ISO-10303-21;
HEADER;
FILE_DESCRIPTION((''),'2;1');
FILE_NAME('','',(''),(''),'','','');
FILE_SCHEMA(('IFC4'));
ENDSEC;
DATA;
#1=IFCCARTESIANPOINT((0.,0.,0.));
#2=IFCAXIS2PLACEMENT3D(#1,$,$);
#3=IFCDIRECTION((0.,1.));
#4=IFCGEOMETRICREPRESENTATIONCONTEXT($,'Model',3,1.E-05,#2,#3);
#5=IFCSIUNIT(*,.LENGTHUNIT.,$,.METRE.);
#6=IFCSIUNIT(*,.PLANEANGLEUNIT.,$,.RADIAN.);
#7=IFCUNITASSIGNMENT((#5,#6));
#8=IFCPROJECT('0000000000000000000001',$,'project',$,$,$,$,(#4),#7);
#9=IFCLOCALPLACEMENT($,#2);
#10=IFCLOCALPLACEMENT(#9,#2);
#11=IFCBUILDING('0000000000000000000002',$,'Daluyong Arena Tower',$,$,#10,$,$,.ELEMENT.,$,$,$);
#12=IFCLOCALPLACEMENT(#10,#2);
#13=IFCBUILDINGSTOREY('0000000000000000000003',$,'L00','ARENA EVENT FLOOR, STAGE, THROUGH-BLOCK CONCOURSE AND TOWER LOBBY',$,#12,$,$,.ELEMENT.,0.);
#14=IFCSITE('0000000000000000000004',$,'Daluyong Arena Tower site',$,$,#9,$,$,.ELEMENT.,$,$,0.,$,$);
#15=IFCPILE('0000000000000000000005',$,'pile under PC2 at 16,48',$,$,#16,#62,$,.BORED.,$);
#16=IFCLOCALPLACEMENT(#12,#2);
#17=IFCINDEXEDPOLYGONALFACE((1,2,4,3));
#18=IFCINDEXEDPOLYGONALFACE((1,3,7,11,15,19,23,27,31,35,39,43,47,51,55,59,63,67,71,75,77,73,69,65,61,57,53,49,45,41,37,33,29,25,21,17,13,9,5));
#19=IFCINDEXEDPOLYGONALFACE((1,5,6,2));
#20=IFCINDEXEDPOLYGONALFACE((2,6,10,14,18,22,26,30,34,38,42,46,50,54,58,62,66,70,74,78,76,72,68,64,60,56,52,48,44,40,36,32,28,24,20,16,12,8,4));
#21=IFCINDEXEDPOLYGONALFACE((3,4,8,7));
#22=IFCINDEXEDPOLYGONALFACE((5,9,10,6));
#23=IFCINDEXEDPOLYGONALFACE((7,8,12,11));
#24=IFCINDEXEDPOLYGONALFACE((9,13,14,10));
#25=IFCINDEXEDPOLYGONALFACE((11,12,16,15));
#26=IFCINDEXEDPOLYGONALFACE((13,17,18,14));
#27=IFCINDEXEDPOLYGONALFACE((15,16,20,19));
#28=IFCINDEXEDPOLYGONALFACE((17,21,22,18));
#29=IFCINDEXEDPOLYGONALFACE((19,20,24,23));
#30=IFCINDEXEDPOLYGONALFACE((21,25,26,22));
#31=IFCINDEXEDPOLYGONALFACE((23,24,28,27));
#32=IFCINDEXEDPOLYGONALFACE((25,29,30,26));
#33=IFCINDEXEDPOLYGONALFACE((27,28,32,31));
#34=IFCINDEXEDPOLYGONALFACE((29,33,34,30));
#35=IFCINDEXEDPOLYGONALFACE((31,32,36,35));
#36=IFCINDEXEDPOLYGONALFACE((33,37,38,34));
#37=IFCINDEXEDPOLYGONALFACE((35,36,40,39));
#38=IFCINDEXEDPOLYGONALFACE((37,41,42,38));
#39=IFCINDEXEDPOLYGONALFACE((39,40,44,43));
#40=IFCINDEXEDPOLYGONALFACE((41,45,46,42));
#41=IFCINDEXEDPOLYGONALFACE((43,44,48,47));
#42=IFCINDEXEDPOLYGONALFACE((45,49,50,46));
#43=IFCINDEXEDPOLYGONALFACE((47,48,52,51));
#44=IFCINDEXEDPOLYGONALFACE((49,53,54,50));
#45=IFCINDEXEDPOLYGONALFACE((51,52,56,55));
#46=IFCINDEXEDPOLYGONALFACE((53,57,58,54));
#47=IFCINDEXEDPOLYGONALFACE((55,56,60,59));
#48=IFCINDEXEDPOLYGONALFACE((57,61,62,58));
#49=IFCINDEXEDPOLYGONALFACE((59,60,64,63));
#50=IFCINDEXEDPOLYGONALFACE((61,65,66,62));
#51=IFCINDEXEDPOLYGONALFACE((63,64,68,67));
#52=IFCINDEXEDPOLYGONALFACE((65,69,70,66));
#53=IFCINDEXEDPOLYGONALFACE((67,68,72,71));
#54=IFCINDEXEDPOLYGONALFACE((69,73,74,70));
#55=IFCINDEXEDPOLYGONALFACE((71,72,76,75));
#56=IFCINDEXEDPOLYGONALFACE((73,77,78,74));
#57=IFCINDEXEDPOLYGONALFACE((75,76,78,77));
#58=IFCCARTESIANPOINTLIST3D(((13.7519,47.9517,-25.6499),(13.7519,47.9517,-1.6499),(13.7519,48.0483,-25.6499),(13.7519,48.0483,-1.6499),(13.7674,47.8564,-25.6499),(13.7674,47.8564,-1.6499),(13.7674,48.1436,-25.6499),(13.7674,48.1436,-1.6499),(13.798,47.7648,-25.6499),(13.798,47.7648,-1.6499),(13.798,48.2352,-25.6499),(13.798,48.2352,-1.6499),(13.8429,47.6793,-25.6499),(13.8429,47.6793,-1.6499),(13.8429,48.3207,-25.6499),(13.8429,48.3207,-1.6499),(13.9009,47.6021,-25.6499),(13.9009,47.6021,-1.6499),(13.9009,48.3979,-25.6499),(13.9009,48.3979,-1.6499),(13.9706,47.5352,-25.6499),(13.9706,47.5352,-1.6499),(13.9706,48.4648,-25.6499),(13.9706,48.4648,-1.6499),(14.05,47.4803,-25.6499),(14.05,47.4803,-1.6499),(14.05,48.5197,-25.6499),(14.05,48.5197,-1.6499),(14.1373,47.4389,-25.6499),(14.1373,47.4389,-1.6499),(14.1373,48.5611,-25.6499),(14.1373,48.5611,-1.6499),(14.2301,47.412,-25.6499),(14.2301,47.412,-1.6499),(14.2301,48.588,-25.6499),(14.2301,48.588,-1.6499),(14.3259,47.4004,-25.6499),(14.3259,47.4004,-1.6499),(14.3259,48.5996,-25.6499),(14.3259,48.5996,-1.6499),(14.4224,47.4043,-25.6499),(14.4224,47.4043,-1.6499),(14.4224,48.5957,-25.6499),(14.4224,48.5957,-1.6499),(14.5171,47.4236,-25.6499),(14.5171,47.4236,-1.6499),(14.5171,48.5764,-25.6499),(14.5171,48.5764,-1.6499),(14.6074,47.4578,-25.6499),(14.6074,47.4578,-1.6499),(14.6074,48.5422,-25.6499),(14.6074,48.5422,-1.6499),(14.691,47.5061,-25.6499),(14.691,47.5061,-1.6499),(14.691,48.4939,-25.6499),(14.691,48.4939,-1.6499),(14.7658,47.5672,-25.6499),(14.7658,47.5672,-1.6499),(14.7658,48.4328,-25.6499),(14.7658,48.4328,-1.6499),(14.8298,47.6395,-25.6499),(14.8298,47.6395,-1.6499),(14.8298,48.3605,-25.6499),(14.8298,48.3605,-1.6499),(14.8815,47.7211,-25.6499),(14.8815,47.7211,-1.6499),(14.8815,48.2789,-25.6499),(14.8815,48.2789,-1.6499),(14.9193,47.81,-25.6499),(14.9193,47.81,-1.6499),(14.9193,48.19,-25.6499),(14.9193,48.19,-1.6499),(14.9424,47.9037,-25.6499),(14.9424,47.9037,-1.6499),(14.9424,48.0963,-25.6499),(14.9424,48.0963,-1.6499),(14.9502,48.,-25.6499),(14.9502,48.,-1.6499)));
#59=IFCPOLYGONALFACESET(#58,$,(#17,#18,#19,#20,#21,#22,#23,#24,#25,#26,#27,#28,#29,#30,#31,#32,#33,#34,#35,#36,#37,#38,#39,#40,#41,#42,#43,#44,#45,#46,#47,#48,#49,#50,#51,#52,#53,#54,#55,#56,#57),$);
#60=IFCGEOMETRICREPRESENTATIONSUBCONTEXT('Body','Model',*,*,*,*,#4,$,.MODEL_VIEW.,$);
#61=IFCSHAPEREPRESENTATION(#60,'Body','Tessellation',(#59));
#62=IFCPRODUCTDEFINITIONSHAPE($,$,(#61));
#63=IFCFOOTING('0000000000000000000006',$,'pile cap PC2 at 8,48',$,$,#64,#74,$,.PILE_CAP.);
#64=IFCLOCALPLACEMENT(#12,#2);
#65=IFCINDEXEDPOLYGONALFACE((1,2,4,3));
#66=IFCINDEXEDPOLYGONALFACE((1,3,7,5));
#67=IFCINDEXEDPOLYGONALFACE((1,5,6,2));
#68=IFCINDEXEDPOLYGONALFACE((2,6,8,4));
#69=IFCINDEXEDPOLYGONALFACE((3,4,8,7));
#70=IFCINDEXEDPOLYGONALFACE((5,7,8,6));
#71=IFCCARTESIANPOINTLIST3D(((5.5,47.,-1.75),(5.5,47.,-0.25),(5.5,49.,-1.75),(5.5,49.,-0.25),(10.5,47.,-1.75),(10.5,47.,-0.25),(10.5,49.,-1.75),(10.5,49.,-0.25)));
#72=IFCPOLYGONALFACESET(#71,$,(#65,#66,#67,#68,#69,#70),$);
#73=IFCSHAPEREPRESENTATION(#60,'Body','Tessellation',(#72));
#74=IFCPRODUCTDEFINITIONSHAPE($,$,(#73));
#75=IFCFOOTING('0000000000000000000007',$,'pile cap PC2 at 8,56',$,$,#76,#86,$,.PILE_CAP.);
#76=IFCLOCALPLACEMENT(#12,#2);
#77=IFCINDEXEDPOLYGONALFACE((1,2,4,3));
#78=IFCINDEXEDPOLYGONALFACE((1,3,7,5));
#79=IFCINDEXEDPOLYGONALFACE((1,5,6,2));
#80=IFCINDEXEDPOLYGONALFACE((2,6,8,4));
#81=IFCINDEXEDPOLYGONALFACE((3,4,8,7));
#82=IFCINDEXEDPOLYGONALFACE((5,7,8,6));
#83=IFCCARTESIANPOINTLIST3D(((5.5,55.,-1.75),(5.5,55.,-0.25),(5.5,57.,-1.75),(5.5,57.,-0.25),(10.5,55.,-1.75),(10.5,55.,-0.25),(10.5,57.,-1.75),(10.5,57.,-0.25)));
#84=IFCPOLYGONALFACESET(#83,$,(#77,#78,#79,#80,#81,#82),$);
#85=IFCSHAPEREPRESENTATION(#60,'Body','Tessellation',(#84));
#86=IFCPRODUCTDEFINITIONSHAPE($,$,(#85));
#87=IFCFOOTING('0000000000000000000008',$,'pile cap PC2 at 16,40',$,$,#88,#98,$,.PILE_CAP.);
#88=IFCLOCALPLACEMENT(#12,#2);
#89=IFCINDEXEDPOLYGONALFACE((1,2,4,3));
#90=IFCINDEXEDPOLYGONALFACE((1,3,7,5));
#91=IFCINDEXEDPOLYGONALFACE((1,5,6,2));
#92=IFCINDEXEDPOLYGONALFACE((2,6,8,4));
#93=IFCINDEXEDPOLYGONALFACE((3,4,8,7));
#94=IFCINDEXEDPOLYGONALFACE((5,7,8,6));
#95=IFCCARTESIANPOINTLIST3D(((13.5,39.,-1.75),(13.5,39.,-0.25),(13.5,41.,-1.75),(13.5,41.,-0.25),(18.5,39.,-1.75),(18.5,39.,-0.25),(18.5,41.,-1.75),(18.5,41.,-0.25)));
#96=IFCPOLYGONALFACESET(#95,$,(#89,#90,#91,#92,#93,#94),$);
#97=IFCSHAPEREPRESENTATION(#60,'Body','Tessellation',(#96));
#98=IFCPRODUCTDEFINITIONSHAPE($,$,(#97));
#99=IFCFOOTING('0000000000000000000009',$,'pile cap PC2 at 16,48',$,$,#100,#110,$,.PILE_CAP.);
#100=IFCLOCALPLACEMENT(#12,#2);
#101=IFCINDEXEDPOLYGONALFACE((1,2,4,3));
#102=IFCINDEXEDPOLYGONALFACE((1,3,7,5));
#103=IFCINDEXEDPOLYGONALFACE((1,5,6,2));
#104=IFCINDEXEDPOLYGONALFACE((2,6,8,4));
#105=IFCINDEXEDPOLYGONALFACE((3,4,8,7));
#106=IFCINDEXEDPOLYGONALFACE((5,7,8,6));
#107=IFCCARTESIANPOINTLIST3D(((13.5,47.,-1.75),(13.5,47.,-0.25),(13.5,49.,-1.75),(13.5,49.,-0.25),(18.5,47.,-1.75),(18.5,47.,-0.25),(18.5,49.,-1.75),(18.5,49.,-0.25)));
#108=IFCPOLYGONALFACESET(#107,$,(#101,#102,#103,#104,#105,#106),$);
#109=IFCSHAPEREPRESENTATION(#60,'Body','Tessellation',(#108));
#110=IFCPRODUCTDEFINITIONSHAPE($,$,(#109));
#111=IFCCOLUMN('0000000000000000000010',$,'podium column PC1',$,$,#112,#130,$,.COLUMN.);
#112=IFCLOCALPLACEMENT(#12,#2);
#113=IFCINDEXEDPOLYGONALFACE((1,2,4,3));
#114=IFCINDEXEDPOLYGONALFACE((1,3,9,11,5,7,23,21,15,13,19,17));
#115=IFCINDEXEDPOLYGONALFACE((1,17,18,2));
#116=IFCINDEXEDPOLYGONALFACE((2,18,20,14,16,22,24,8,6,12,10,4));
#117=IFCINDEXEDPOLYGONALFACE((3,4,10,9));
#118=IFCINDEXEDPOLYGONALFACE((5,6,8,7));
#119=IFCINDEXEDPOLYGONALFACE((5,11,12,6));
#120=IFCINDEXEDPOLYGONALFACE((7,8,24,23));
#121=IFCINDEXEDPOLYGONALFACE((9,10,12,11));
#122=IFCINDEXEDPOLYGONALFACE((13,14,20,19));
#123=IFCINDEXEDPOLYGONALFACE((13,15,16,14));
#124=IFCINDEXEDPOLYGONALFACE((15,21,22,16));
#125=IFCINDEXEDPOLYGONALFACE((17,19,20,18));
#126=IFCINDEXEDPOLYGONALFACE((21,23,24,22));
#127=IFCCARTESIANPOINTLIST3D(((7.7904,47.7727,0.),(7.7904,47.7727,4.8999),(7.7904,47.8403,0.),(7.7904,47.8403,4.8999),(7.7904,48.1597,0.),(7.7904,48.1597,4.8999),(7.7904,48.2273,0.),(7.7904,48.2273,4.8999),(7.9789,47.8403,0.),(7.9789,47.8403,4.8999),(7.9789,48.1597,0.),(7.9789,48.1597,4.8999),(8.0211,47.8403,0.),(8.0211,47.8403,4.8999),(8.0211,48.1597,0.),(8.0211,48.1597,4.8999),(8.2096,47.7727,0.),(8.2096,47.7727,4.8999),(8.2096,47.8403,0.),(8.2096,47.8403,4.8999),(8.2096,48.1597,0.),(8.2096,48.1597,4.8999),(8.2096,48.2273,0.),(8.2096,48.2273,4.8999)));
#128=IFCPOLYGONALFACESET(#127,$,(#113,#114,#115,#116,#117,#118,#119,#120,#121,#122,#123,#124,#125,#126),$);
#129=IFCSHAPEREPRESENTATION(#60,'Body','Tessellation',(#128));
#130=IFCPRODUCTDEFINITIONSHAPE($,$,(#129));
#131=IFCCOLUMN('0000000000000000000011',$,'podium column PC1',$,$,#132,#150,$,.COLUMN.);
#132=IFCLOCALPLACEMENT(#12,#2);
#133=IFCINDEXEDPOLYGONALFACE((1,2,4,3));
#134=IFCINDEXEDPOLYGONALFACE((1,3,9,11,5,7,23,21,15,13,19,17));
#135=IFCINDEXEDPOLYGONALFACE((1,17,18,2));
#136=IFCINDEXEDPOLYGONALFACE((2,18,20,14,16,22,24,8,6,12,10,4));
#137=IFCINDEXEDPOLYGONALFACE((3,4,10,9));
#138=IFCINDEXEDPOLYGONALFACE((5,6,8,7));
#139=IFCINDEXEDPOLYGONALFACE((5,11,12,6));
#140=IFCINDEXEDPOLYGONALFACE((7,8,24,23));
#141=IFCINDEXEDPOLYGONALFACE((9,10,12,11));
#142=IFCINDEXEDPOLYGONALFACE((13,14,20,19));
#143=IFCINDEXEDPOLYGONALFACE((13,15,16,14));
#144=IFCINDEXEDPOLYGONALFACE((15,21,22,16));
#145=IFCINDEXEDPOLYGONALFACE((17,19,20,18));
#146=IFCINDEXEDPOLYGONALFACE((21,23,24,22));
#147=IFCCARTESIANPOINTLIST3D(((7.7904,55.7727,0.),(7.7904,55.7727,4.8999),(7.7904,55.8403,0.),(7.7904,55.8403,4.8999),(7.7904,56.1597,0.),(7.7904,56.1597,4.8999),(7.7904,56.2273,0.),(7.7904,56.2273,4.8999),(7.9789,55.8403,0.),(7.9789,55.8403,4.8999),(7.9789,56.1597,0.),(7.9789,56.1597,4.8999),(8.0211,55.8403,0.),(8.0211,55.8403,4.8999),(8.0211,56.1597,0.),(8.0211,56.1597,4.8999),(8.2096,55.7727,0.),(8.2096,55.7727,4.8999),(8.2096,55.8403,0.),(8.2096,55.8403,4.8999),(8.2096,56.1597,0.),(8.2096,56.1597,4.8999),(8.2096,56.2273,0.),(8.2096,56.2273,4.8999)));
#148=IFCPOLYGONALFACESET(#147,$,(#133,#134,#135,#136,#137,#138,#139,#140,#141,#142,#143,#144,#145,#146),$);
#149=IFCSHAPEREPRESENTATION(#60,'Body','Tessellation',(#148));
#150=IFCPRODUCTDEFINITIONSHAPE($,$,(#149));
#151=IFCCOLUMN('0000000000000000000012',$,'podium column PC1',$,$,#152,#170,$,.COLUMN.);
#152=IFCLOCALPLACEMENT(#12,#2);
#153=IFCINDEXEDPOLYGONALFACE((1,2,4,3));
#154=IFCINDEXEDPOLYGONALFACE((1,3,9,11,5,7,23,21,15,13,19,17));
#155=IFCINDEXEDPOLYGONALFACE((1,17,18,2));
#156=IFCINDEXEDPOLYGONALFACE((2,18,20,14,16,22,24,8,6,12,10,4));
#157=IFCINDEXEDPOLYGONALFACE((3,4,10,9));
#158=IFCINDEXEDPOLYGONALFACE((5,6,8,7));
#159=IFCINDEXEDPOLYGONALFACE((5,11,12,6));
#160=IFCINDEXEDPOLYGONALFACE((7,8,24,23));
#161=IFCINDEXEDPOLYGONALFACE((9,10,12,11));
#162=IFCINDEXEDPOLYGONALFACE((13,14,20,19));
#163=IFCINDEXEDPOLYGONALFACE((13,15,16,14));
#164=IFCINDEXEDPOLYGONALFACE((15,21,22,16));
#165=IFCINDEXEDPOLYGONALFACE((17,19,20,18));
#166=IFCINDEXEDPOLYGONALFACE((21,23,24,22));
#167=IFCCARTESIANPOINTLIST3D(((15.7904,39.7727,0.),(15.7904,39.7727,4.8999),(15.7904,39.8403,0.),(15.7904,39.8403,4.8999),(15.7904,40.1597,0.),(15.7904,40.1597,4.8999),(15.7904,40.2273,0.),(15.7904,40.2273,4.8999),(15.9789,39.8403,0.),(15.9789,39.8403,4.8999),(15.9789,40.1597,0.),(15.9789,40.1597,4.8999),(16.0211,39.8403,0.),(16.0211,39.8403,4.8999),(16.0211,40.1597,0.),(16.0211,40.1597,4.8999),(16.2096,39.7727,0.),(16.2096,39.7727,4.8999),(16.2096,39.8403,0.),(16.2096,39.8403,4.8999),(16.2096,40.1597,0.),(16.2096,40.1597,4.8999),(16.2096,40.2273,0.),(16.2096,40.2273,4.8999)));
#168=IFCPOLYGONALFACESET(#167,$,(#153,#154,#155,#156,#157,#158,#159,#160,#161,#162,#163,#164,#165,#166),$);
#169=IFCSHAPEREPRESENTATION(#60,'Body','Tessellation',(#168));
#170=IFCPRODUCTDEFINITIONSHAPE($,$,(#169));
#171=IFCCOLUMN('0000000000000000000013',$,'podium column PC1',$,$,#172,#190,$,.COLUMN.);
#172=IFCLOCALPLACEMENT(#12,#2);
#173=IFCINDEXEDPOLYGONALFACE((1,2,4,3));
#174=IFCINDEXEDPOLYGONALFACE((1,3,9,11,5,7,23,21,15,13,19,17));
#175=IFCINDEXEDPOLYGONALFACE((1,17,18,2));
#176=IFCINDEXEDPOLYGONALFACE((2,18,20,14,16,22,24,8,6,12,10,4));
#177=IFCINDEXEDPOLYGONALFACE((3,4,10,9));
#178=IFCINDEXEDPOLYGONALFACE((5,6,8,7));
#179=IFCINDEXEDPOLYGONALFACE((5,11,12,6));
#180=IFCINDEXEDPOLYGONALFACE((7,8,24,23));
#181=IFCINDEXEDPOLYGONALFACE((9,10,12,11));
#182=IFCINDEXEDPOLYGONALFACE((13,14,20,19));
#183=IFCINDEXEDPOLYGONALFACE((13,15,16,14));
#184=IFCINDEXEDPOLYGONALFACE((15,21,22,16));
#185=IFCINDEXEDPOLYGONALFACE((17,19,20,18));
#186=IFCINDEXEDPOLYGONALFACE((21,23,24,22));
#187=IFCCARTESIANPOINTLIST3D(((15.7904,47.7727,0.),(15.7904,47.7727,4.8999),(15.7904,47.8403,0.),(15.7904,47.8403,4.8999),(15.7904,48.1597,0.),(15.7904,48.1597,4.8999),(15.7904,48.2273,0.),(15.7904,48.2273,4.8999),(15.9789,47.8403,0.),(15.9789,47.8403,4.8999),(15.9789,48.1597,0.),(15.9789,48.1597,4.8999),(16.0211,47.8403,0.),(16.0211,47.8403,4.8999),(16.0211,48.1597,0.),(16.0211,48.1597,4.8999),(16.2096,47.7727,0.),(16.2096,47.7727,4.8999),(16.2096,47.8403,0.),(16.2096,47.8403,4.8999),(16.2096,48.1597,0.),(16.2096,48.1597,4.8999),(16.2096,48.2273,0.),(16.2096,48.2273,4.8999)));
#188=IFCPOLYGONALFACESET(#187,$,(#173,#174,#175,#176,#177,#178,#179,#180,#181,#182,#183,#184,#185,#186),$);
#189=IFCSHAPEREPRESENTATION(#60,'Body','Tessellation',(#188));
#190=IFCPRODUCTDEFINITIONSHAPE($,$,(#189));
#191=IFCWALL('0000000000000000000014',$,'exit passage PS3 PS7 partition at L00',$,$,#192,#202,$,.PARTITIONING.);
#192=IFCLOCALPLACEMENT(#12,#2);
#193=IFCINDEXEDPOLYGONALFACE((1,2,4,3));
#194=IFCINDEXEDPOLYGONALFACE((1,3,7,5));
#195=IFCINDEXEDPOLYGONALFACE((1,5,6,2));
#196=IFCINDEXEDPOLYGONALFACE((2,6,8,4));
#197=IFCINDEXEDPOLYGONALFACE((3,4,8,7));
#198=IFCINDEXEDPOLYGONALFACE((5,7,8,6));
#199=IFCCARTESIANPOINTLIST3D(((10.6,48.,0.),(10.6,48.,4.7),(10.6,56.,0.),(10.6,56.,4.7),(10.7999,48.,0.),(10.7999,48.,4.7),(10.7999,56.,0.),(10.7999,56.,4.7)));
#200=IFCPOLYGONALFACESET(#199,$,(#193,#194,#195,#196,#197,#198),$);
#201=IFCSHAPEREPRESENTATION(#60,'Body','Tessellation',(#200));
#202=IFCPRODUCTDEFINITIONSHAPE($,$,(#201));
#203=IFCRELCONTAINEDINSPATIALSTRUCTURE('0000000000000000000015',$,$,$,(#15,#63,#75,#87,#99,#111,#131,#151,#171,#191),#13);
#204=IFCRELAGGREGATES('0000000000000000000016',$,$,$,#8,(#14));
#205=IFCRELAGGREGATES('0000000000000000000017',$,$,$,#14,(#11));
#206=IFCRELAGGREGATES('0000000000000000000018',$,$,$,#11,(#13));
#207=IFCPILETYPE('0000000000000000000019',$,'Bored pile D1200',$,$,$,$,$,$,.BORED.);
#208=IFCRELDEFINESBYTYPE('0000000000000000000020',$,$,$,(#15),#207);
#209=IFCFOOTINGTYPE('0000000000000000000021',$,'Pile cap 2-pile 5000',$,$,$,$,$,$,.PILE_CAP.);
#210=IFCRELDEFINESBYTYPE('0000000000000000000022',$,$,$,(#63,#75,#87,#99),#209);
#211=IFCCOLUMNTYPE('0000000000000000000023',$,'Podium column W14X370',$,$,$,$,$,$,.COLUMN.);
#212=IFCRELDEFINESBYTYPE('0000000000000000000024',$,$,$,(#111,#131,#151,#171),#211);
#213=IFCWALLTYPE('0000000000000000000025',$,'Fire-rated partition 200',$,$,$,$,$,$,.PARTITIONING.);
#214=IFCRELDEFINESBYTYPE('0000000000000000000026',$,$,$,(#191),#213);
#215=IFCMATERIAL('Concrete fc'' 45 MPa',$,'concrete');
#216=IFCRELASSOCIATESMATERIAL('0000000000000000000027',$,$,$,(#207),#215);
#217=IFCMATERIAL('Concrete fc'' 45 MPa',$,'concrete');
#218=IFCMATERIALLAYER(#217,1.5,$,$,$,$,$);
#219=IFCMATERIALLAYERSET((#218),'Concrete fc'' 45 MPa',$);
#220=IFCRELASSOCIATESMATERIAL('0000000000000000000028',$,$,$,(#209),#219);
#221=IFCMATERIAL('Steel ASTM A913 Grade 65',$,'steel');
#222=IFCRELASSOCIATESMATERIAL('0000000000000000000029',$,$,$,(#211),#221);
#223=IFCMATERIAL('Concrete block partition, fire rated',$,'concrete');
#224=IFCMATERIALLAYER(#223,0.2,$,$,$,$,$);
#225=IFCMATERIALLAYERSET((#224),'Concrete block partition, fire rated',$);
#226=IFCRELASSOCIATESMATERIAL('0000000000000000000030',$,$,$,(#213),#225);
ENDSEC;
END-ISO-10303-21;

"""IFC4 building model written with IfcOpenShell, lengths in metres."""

from ifc_helpers import new_model, si_unit, direction, frame, frame_2d, origin, origin_2d, place, context, subcontext, project, spatial, rectangle, circle, i_section, extrude, material, layer, layer_set, material_profile, profile_set, type_object, element, save


model = new_model("IFC4")

# Units and contexts
model_context = context("Model", 3, precision=1e-05, world=origin(), true_north=direction((0.0, 1.0)))
body_context = subcontext(model_context, "Body", "Model", "MODEL_VIEW")
ifc_project = project(units=[si_unit("LENGTHUNIT", "METRE"), si_unit("PLANEANGLEUNIT", "RADIAN")], contexts=[model_context])

# Site, building, storey
site_placement = place(None, origin())
site = spatial("IfcSite", under=ifc_project, at=site_placement, Name="Daluyong Arena Tower site", CompositionType="ELEMENT", RefElevation=0.0)
building_placement = place(site_placement, origin())
building = spatial("IfcBuilding", under=site, at=building_placement, Name="Daluyong Arena Tower", CompositionType="ELEMENT")
storey_placement = place(building_placement, origin())
storey = spatial("IfcBuildingStorey", under=building, at=storey_placement, Name="L00", Description="ARENA EVENT FLOOR, STAGE, THROUGH-BLOCK CONCOURSE AND TOWER LOBBY", CompositionType="ELEMENT", Elevation=0.0)

# Pile
ifc_material_1 = material(Name="Concrete fc' 45 MPa", Category="concrete")
pile_type = type_object("IfcPileType", Name="Bored pile D1200", PredefinedType="BORED", material=ifc_material_1)
for number, where, z_axis, x_axis, name in (
    (1, (14.3501, 48.0, -1.6499), (0.0, 0.0, -1.0), (1.0, 0.0, 0.0), "pile under PC2 at 16,48"),
):
    element("IfcPile", number, at=place(storey_placement, frame(where, z_axis=z_axis, x_axis=x_axis)), inside=storey, type_object=pile_type, Name=name, PredefinedType="BORED", context=body_context, shape_type="SweptSolid", body=[
        extrude(circle(Radius=0.6001, at=origin_2d()), origin(), (0.0, 0.0, 1.0), 24.0),
    ])

# Footings
ifc_material_2 = material(Name="Concrete fc' 45 MPa", Category="concrete")
ifc_layer_1 = layer(ifc_material_2, 1.5)
ifc_layer_set_1 = layer_set([ifc_layer_1], Name="Concrete fc' 45 MPa")
footing_type = type_object("IfcFootingType", Name="Pile cap 2-pile 5000", PredefinedType="PILE_CAP", material=ifc_layer_set_1)
for number, where, z_axis, x_axis, name in (
    (2, (8.0, 48.0, -1.75), (0.0, 0.0, 1.0), (1.0, 0.0, 0.0), "pile cap PC2 at 8,48"),
    (3, (8.0, 56.0, -1.75), (0.0, 0.0, 1.0), (1.0, 0.0, 0.0), "pile cap PC2 at 8,56"),
    (4, (16.0, 40.0, -1.75), (0.0, 0.0, 1.0), (1.0, 0.0, 0.0), "pile cap PC2 at 16,40"),
    (5, (16.0, 48.0, -1.75), (0.0, 0.0, 1.0), (1.0, 0.0, 0.0), "pile cap PC2 at 16,48"),
):
    element("IfcFooting", number, at=place(storey_placement, frame(where, z_axis=z_axis, x_axis=x_axis)), inside=storey, type_object=footing_type, Name=name, PredefinedType="PILE_CAP", context=body_context, shape_type="SweptSolid", body=[
        extrude(rectangle(XDim=5.0, YDim=2.0, at=origin_2d()), origin(), (0.0, 0.0, 1.0), 1.5),
    ])

# Columns
ifc_material_3 = material(Name="Steel ASTM A913 Grade 65", Category="steel")
ifc_material_profile = material_profile(ifc_material_3, i_section(OverallWidth=0.4192, OverallDepth=0.4546, WebThickness=0.0422, FlangeThickness=0.0676, at=origin_2d()))
ifc_profile_set = profile_set([ifc_material_profile], Name="Steel ASTM A913 Grade 65")
column_type = type_object("IfcColumnType", Name="Podium column W14X370", PredefinedType="COLUMN", material=ifc_profile_set)
for number, where, z_axis, x_axis, name in (
    (6, (8.0, 48.0, 0.0), (0.0, 0.0, 1.0), (1.0, 0.0, 0.0), "podium column PC1"),
    (7, (8.0, 56.0, 0.0), (0.0, 0.0, 1.0), (1.0, 0.0, 0.0), "podium column PC1"),
    (8, (16.0, 40.0, 0.0), (0.0, 0.0, 1.0), (1.0, 0.0, 0.0), "podium column PC1"),
    (9, (16.0, 48.0, 0.0), (0.0, 0.0, 1.0), (1.0, 0.0, 0.0), "podium column PC1"),
):
    element("IfcColumn", number, at=place(storey_placement, frame(where, z_axis=z_axis, x_axis=x_axis)), inside=storey, type_object=column_type, Name=name, PredefinedType="COLUMN", context=body_context, shape_type="SweptSolid", body=[
        extrude(i_section(OverallWidth=0.4192, OverallDepth=0.4546, WebThickness=0.0422, FlangeThickness=0.0676, at=origin_2d()), origin(), (0.0, 0.0, 1.0), 4.8999),
    ])

# Wall
ifc_material_4 = material(Name="Concrete block partition, fire rated", Category="concrete")
ifc_layer_2 = layer(ifc_material_4, 0.2)
ifc_layer_set_2 = layer_set([ifc_layer_2], Name="Concrete block partition, fire rated")
wall_type_1 = type_object("IfcWallType", Name="Fire-rated partition 200", PredefinedType="PARTITIONING", material=ifc_layer_set_2)
wall_1_placement = place(storey_placement, frame((10.7, 48.0, 0.0), z_axis=(0.0, 0.0, 1.0), x_axis=(0.0, 1.0, 0.0)))
element("IfcWall", 10, at=wall_1_placement, inside=storey, type_object=wall_type_1, Name="exit passage PS3 PS7 partition at L00", PredefinedType="PARTITIONING", context=body_context, shape_type="SweptSolid", body=[
    extrude(rectangle(XDim=8.0, YDim=0.2, at=frame_2d((4.0, 0.0))), origin(), (0.0, 0.0, 1.0), 4.7),
])

save(model, "model.ifc")
